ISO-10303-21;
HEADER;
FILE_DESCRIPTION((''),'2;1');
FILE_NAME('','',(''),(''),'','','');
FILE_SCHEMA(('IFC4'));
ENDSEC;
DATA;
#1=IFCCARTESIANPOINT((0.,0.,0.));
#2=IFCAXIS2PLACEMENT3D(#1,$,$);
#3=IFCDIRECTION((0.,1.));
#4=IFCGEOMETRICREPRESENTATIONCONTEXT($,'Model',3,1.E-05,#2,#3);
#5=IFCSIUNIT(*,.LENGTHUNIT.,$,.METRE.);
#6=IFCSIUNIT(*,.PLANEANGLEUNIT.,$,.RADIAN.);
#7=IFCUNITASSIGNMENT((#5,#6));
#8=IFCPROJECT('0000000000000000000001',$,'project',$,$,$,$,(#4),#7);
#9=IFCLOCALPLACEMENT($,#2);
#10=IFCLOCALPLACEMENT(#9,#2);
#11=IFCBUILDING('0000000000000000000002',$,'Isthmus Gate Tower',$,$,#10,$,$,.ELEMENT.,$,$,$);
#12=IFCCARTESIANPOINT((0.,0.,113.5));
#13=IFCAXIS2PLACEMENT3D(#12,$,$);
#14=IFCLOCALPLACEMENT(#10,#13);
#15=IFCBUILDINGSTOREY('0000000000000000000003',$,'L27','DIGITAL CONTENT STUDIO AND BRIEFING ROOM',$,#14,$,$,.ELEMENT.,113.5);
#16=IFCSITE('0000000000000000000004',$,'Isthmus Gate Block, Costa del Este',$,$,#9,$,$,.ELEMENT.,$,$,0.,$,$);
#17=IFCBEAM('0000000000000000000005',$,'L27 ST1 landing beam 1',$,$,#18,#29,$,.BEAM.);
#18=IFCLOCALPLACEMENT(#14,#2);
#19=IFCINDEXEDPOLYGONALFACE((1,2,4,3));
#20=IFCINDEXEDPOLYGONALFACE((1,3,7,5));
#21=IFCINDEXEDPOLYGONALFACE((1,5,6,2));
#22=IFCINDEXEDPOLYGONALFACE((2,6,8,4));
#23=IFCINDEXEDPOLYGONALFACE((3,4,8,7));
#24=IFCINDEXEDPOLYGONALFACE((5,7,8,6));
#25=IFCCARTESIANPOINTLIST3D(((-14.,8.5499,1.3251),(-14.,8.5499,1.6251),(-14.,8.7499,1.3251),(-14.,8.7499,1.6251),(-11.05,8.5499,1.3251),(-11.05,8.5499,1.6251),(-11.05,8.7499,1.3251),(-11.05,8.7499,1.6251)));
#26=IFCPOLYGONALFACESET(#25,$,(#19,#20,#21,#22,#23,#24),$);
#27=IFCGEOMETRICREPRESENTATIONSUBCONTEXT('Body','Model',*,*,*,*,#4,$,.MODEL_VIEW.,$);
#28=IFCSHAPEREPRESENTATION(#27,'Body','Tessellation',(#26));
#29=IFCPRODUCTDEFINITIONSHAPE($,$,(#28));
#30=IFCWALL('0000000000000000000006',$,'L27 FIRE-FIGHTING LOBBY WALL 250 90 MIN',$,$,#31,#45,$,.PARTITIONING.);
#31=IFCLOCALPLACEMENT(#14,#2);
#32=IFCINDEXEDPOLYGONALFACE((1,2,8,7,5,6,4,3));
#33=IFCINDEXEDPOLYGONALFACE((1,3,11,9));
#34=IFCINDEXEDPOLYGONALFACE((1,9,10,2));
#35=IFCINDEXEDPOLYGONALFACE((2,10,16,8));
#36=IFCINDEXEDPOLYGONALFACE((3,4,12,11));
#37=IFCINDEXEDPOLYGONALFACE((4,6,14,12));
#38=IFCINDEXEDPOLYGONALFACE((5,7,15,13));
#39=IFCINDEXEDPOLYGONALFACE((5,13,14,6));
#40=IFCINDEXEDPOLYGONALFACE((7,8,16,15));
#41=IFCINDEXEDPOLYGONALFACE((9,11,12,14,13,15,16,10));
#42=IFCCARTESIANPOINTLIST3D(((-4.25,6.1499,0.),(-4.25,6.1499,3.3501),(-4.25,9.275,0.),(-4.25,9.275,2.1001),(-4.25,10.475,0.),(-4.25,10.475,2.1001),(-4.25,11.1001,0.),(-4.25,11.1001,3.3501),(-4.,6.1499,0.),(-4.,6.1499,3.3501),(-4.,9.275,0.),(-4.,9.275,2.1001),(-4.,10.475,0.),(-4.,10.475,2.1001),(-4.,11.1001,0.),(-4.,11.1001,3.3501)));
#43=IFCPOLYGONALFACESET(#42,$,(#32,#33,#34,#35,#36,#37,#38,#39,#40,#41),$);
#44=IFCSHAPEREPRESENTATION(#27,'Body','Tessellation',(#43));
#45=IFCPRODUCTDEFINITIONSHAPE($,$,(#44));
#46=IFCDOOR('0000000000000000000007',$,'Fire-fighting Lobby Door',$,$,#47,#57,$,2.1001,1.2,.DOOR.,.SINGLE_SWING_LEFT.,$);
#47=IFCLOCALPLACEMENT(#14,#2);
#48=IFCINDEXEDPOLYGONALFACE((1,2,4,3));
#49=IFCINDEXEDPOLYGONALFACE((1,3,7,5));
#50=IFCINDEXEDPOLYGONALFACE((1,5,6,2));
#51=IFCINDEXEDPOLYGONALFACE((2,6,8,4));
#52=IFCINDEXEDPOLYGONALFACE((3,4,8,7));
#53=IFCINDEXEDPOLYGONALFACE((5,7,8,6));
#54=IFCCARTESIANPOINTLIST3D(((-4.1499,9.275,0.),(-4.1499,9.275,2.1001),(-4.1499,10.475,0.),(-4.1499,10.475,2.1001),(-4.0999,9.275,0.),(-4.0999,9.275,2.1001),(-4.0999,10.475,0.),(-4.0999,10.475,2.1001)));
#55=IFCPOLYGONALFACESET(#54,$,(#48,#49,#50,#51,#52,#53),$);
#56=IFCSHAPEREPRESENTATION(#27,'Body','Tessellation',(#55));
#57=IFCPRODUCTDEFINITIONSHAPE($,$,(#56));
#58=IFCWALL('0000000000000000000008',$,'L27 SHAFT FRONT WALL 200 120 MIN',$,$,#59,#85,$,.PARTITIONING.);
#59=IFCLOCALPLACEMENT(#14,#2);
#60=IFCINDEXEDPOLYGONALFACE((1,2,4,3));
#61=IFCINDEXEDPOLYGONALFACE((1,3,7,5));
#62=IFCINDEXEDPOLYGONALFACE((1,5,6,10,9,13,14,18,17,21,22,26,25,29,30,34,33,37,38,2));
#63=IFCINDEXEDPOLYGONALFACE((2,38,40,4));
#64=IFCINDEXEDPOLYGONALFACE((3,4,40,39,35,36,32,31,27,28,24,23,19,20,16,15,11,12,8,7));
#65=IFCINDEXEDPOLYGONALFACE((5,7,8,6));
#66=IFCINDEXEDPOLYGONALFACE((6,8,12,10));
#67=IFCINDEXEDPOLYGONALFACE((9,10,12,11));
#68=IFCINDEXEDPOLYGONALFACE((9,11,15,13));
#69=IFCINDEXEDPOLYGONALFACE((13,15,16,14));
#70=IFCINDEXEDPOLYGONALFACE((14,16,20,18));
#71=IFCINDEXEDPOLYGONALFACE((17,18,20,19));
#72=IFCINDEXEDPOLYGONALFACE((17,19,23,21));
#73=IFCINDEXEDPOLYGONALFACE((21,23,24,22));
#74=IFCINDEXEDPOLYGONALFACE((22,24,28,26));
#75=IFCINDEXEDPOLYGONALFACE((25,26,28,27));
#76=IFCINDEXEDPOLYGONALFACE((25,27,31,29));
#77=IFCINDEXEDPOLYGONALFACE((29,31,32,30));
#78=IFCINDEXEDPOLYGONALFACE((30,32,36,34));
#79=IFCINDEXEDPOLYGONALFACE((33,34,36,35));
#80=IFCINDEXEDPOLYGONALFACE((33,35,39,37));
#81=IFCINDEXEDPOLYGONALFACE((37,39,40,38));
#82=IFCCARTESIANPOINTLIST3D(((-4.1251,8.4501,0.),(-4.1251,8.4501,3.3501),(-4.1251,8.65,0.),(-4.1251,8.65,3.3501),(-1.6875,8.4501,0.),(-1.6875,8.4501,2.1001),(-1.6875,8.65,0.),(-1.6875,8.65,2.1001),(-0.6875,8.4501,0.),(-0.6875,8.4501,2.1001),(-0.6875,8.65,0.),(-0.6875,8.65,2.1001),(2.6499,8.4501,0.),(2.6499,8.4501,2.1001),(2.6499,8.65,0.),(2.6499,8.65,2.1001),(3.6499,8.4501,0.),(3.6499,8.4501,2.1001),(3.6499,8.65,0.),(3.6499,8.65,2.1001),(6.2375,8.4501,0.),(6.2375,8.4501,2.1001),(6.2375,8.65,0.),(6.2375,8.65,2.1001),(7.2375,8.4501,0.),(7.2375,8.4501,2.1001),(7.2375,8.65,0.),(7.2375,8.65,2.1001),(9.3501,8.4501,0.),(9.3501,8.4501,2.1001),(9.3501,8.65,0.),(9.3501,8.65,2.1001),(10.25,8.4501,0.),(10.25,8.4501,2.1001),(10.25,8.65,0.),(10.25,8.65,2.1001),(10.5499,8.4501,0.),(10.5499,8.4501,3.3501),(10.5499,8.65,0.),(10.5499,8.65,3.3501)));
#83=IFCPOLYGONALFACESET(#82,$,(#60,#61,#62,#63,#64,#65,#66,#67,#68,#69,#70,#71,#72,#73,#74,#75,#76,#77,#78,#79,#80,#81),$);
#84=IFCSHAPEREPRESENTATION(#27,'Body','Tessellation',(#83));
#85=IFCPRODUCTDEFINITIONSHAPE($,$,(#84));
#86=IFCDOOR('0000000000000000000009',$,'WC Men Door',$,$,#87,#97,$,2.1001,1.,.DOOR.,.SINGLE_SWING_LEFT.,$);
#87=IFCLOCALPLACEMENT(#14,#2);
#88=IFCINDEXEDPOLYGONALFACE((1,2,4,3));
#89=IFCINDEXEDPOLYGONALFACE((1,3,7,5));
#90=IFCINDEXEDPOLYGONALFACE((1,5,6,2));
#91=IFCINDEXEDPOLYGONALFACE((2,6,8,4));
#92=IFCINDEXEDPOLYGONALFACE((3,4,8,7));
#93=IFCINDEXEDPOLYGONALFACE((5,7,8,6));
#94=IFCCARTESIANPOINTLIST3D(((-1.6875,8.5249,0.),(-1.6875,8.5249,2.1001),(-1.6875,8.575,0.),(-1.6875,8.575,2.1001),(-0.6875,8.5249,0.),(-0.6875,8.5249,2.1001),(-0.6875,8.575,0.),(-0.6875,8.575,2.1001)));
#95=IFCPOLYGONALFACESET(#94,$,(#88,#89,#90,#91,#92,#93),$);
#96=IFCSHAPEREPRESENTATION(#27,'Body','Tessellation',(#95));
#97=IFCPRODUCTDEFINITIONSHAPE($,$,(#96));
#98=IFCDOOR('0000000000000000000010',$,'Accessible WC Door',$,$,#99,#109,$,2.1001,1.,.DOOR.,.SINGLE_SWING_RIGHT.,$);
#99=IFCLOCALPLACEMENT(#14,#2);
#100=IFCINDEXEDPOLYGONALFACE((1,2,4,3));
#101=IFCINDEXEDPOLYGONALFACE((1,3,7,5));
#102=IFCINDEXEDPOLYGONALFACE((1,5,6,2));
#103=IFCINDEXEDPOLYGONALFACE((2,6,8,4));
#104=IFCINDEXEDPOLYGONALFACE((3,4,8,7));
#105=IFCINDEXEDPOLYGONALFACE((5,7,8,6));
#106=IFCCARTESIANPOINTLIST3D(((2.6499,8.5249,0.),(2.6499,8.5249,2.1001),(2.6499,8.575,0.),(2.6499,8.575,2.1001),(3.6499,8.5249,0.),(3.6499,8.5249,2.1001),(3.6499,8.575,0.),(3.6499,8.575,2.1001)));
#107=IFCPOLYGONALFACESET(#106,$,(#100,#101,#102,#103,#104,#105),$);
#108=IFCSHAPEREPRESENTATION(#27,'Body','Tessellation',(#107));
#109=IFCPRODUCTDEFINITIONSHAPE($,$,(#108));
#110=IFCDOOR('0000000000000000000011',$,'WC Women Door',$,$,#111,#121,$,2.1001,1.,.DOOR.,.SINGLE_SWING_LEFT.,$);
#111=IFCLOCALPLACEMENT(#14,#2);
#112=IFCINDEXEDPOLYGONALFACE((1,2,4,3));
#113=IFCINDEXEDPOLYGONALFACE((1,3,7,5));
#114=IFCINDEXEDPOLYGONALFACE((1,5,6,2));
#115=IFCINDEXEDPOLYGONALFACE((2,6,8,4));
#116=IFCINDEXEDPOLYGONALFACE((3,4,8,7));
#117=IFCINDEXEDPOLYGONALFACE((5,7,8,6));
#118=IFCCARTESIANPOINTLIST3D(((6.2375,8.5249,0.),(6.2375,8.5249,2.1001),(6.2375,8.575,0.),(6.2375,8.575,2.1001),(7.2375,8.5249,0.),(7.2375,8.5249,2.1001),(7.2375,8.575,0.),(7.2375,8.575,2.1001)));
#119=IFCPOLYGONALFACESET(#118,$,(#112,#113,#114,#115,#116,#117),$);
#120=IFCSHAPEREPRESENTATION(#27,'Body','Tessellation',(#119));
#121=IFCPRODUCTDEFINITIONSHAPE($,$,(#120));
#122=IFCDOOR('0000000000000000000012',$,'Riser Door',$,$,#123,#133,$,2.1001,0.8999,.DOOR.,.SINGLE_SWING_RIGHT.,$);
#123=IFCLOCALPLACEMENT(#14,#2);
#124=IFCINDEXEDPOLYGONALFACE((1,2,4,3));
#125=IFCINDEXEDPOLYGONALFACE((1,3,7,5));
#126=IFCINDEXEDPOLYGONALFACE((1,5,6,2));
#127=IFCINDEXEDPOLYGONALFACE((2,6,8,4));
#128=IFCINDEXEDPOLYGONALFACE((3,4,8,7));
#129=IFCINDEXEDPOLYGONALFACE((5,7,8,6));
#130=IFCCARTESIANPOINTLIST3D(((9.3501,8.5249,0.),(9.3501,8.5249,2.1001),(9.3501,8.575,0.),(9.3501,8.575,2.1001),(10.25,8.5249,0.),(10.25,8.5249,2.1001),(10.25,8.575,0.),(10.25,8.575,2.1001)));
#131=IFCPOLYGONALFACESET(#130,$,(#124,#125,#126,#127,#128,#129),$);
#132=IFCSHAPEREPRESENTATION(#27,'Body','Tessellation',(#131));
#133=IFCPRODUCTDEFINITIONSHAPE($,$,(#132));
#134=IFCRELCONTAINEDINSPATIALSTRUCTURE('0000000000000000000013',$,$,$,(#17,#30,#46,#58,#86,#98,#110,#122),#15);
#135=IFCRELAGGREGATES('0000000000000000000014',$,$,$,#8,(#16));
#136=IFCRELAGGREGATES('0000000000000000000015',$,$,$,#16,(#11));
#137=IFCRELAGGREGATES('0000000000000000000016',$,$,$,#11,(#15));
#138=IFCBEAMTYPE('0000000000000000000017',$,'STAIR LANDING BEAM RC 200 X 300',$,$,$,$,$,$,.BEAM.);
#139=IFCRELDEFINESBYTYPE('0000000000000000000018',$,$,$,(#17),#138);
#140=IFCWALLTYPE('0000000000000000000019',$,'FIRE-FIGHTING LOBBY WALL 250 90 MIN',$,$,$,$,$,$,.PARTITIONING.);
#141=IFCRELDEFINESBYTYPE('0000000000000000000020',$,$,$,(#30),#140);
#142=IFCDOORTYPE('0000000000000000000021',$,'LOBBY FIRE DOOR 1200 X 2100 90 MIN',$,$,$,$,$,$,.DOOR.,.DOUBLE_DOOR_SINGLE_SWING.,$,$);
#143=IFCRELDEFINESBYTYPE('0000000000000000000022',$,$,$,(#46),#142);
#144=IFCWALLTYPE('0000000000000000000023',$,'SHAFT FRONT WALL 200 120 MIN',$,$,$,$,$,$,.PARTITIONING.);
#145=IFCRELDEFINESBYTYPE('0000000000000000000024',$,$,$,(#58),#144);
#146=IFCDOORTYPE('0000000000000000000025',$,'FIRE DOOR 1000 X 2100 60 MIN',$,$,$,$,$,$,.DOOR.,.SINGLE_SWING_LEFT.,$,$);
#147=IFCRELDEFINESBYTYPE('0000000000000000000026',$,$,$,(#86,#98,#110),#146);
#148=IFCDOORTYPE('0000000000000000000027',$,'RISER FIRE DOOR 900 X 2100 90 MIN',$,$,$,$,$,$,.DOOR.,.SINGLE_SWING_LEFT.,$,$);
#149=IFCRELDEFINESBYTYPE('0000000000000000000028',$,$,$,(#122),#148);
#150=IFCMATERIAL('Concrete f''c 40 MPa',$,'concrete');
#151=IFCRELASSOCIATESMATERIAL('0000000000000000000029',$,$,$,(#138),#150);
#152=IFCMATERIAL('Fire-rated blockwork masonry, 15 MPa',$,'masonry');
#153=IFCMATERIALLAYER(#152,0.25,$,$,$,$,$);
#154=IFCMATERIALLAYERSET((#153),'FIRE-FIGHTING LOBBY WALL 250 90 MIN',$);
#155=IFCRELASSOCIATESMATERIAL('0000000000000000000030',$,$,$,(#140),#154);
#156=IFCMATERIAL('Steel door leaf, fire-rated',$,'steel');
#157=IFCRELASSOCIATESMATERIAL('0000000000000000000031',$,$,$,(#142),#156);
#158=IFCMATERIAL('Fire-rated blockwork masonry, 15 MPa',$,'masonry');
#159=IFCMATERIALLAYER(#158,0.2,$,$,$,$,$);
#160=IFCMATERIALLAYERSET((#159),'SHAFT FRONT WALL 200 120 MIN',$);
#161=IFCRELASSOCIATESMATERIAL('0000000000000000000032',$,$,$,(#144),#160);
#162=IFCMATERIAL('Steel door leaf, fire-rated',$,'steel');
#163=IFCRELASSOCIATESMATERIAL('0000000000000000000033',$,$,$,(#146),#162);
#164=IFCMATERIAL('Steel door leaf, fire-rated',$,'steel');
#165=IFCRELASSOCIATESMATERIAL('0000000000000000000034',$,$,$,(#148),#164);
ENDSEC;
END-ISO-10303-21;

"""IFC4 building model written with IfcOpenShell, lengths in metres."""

from ifc_helpers import new_model, si_unit, direction, frame, frame_2d, origin, origin_2d, place, context, subcontext, project, spatial, rectangle, extrude, material, layer, layer_set, material_profile, profile_set, type_object, element, fill, save


model = new_model("IFC4")

# Units and contexts
model_context = context("Model", 3, precision=1e-05, world=origin(), true_north=direction((0.0, 1.0)))
body_context = subcontext(model_context, "Body", "Model", "MODEL_VIEW")
ifc_project = project(units=[si_unit("LENGTHUNIT", "METRE"), si_unit("PLANEANGLEUNIT", "RADIAN")], contexts=[model_context])

# Site, building, storey
site_placement = place(None, origin())
site = spatial("IfcSite", under=ifc_project, at=site_placement, Name="Isthmus Gate Block, Costa del Este", CompositionType="ELEMENT", RefElevation=0.0)
building_placement = place(site_placement, origin())
building = spatial("IfcBuilding", under=site, at=building_placement, Name="Isthmus Gate Tower", CompositionType="ELEMENT")
storey_placement = place(building_placement, frame((0.0, 0.0, 113.5)))
storey = spatial("IfcBuildingStorey", under=building, at=storey_placement, Name="L27", Description="DIGITAL CONTENT STUDIO AND BRIEFING ROOM", CompositionType="ELEMENT", Elevation=113.5)

# Beam
ifc_material_1 = material(Name="Concrete f'c 40 MPa", Category="concrete")
ifc_material_profile = material_profile(ifc_material_1, rectangle(XDim=0.2, YDim=0.3, at=origin_2d()), Name="STAIR LANDING BEAM RC 200 X 300")
ifc_profile_set = profile_set([ifc_material_profile], Name="Concrete f'c 40 MPa")
beam_type = type_object("IfcBeamType", Name="STAIR LANDING BEAM RC 200 X 300", PredefinedType="BEAM", material=ifc_profile_set)
beam_placement = place(storey_placement, frame((-14.0, 8.6499, 1.4751), z_axis=(1.0, 0.0, 0.0), x_axis=(0.0, 1.0, 0.0)))
element("IfcBeam", 1, at=beam_placement, inside=storey, type_object=beam_type, Name="L27 ST1 landing beam 1", PredefinedType="BEAM", context=body_context, shape_type="SweptSolid", body=[
    extrude(rectangle(XDim=0.2, YDim=0.3, at=origin_2d()), origin(), (0.0, 0.0, 1.0), 2.95),
])

# Wall, opening, door
ifc_material_2 = material(Name="Fire-rated blockwork masonry, 15 MPa", Category="masonry")
ifc_layer_1 = layer(ifc_material_2, 0.25)
ifc_layer_set_1 = layer_set([ifc_layer_1], Name="FIRE-FIGHTING LOBBY WALL 250 90 MIN")
wall_type_1 = type_object("IfcWallType", Name="FIRE-FIGHTING LOBBY WALL 250 90 MIN", PredefinedType="PARTITIONING", material=ifc_layer_set_1)
wall_1_placement = place(storey_placement, frame((-4.125, 6.1499, 0.0), z_axis=(0.0, 0.0, 1.0), x_axis=(0.0, 1.0, 0.0)))
wall_1 = element("IfcWall", 2, at=wall_1_placement, inside=storey, type_object=wall_type_1, Name="L27 FIRE-FIGHTING LOBBY WALL 250 90 MIN", PredefinedType="PARTITIONING", context=body_context, shape_type="SweptSolid", body=[
    extrude(rectangle(XDim=4.9502, YDim=0.25, at=frame_2d((2.4751, 0.0))), origin(), (0.0, 0.0, 1.0), 3.3501),
])
opening_1_placement = place(wall_1_placement, frame((3.125, 0.0, 0.0)))
opening_1 = element("IfcOpeningElement", 3, at=opening_1_placement, cuts=wall_1, PredefinedType="OPENING", context=body_context, shape_type="SweptSolid", body=[
    extrude(rectangle(XDim=1.2, YDim=2.1001, at=frame_2d((0.6001, 1.05))), frame((0.0, 0.135, 0.0), z_axis=(0.0, -1.0, 0.0), x_axis=(1.0, 0.0, 0.0)), (0.0, 0.0, 1.0), 0.27),
])
ifc_material_3 = material(Name="Steel door leaf, fire-rated", Category="steel")
door_type_1 = type_object("IfcDoorType", Name="LOBBY FIRE DOOR 1200 X 2100 90 MIN", OperationType="DOUBLE_DOOR_SINGLE_SWING", PredefinedType="DOOR", material=ifc_material_3)
door_1_placement = place(opening_1_placement, origin())
door_1 = element("IfcDoor", 4, at=door_1_placement, inside=storey, type_object=door_type_1, Name="Fire-fighting Lobby Door", OperationType="SINGLE_SWING_LEFT", OverallHeight=2.1001, OverallWidth=1.2, PredefinedType="DOOR", context=body_context, shape_type="SweptSolid", body=[
    extrude(rectangle(XDim=1.2, YDim=2.1001, at=frame_2d((0.6001, 1.05))), frame((0.0, 0.0249, 0.0), z_axis=(0.0, -1.0, 0.0), x_axis=(1.0, 0.0, 0.0)), (0.0, 0.0, 1.0), 0.05),
])
fill(opening_1, door_1)

# Wall, openings, doors
ifc_material_4 = material(Name="Fire-rated blockwork masonry, 15 MPa", Category="masonry")
ifc_layer_2 = layer(ifc_material_4, 0.2)
ifc_layer_set_2 = layer_set([ifc_layer_2], Name="SHAFT FRONT WALL 200 120 MIN")
wall_type_2 = type_object("IfcWallType", Name="SHAFT FRONT WALL 200 120 MIN", PredefinedType="PARTITIONING", material=ifc_layer_set_2)
wall_2_placement = place(storey_placement, frame((-4.125, 8.55, 0.0), z_axis=(0.0, 0.0, 1.0), x_axis=(1.0, 0.0, 0.0)))
wall_2 = element("IfcWall", 5, at=wall_2_placement, inside=storey, type_object=wall_type_2, Name="L27 SHAFT FRONT WALL 200 120 MIN", PredefinedType="PARTITIONING", context=body_context, shape_type="SweptSolid", body=[
    extrude(rectangle(XDim=14.675, YDim=0.2, at=frame_2d((7.3374, 0.0))), origin(), (0.0, 0.0, 1.0), 3.3501),
])
opening_2_placement = place(wall_2_placement, frame((2.4375, 0.0, 0.0)))
opening_2 = element("IfcOpeningElement", 6, at=opening_2_placement, cuts=wall_2, PredefinedType="OPENING", context=body_context, shape_type="SweptSolid", body=[
    extrude(rectangle(XDim=1.0, YDim=2.1001, at=frame_2d((0.5, 1.05))), frame((0.0, 0.1099, 0.0), z_axis=(0.0, -1.0, 0.0), x_axis=(1.0, 0.0, 0.0)), (0.0, 0.0, 1.0), 0.22),
])
opening_3_placement = place(wall_2_placement, frame((6.7749, 0.0, 0.0)))
opening_3 = element("IfcOpeningElement", 7, at=opening_3_placement, cuts=wall_2, PredefinedType="OPENING", context=body_context, shape_type="SweptSolid", body=[
    extrude(rectangle(XDim=1.0, YDim=2.1001, at=frame_2d((0.5, 1.05))), frame((0.0, 0.1099, 0.0), z_axis=(0.0, -1.0, 0.0), x_axis=(1.0, 0.0, 0.0)), (0.0, 0.0, 1.0), 0.22),
])
opening_4_placement = place(wall_2_placement, frame((10.3625, 0.0, 0.0)))
opening_4 = element("IfcOpeningElement", 8, at=opening_4_placement, cuts=wall_2, PredefinedType="OPENING", context=body_context, shape_type="SweptSolid", body=[
    extrude(rectangle(XDim=1.0, YDim=2.1001, at=frame_2d((0.5, 1.05))), frame((0.0, 0.1099, 0.0), z_axis=(0.0, -1.0, 0.0), x_axis=(1.0, 0.0, 0.0)), (0.0, 0.0, 1.0), 0.22),
])
opening_5_placement = place(wall_2_placement, frame((13.4751, 0.0, 0.0)))
opening_5 = element("IfcOpeningElement", 9, at=opening_5_placement, cuts=wall_2, PredefinedType="OPENING", context=body_context, shape_type="SweptSolid", body=[
    extrude(rectangle(XDim=0.8999, YDim=2.1001, at=frame_2d((0.45, 1.05))), frame((0.0, 0.1099, 0.0), z_axis=(0.0, -1.0, 0.0), x_axis=(1.0, 0.0, 0.0)), (0.0, 0.0, 1.0), 0.22),
])
ifc_material_5 = material(Name="Steel door leaf, fire-rated", Category="steel")
door_type_2 = type_object("IfcDoorType", Name="FIRE DOOR 1000 X 2100 60 MIN", OperationType="SINGLE_SWING_LEFT", PredefinedType="DOOR", material=ifc_material_5)
door_2_placement = place(opening_2_placement, origin())
door_2 = element("IfcDoor", 10, at=door_2_placement, inside=storey, type_object=door_type_2, Name="WC Men Door", OperationType="SINGLE_SWING_LEFT", OverallHeight=2.1001, OverallWidth=1.0, PredefinedType="DOOR", context=body_context, shape_type="SweptSolid", body=[
    extrude(rectangle(XDim=1.0, YDim=2.1001, at=frame_2d((0.5, 1.05))), frame((0.0, 0.0249, 0.0), z_axis=(0.0, -1.0, 0.0), x_axis=(1.0, 0.0, 0.0)), (0.0, 0.0, 1.0), 0.05),
])
fill(opening_2, door_2)
door_3_placement = place(opening_3_placement, origin())
door_3 = element("IfcDoor", 11, at=door_3_placement, inside=storey, type_object=door_type_2, Name="Accessible WC Door", OperationType="SINGLE_SWING_RIGHT", OverallHeight=2.1001, OverallWidth=1.0, PredefinedType="DOOR", context=body_context, shape_type="SweptSolid", body=[
    extrude(rectangle(XDim=1.0, YDim=2.1001, at=frame_2d((0.5, 1.05))), frame((0.0, 0.0249, 0.0), z_axis=(0.0, -1.0, 0.0), x_axis=(1.0, 0.0, 0.0)), (0.0, 0.0, 1.0), 0.05),
])
fill(opening_3, door_3)
door_4_placement = place(opening_4_placement, origin())
door_4 = element("IfcDoor", 12, at=door_4_placement, inside=storey, type_object=door_type_2, Name="WC Women Door", OperationType="SINGLE_SWING_LEFT", OverallHeight=2.1001, OverallWidth=1.0, PredefinedType="DOOR", context=body_context, shape_type="SweptSolid", body=[
    extrude(rectangle(XDim=1.0, YDim=2.1001, at=frame_2d((0.5, 1.05))), frame((0.0, 0.0249, 0.0), z_axis=(0.0, -1.0, 0.0), x_axis=(1.0, 0.0, 0.0)), (0.0, 0.0, 1.0), 0.05),
])
fill(opening_4, door_4)
ifc_material_6 = material(Name="Steel door leaf, fire-rated", Category="steel")
door_type_3 = type_object("IfcDoorType", Name="RISER FIRE DOOR 900 X 2100 90 MIN", OperationType="SINGLE_SWING_LEFT", PredefinedType="DOOR", material=ifc_material_6)
door_5_placement = place(opening_5_placement, origin())
door_5 = element("IfcDoor", 13, at=door_5_placement, inside=storey, type_object=door_type_3, Name="Riser Door", OperationType="SINGLE_SWING_RIGHT", OverallHeight=2.1001, OverallWidth=0.8999, PredefinedType="DOOR", context=body_context, shape_type="SweptSolid", body=[
    extrude(rectangle(XDim=0.8999, YDim=2.1001, at=frame_2d((0.45, 1.05))), frame((0.0, 0.0249, 0.0), z_axis=(0.0, -1.0, 0.0), x_axis=(1.0, 0.0, 0.0)), (0.0, 0.0, 1.0), 0.05),
])
fill(opening_5, door_5)

save(model, "model.ifc")
